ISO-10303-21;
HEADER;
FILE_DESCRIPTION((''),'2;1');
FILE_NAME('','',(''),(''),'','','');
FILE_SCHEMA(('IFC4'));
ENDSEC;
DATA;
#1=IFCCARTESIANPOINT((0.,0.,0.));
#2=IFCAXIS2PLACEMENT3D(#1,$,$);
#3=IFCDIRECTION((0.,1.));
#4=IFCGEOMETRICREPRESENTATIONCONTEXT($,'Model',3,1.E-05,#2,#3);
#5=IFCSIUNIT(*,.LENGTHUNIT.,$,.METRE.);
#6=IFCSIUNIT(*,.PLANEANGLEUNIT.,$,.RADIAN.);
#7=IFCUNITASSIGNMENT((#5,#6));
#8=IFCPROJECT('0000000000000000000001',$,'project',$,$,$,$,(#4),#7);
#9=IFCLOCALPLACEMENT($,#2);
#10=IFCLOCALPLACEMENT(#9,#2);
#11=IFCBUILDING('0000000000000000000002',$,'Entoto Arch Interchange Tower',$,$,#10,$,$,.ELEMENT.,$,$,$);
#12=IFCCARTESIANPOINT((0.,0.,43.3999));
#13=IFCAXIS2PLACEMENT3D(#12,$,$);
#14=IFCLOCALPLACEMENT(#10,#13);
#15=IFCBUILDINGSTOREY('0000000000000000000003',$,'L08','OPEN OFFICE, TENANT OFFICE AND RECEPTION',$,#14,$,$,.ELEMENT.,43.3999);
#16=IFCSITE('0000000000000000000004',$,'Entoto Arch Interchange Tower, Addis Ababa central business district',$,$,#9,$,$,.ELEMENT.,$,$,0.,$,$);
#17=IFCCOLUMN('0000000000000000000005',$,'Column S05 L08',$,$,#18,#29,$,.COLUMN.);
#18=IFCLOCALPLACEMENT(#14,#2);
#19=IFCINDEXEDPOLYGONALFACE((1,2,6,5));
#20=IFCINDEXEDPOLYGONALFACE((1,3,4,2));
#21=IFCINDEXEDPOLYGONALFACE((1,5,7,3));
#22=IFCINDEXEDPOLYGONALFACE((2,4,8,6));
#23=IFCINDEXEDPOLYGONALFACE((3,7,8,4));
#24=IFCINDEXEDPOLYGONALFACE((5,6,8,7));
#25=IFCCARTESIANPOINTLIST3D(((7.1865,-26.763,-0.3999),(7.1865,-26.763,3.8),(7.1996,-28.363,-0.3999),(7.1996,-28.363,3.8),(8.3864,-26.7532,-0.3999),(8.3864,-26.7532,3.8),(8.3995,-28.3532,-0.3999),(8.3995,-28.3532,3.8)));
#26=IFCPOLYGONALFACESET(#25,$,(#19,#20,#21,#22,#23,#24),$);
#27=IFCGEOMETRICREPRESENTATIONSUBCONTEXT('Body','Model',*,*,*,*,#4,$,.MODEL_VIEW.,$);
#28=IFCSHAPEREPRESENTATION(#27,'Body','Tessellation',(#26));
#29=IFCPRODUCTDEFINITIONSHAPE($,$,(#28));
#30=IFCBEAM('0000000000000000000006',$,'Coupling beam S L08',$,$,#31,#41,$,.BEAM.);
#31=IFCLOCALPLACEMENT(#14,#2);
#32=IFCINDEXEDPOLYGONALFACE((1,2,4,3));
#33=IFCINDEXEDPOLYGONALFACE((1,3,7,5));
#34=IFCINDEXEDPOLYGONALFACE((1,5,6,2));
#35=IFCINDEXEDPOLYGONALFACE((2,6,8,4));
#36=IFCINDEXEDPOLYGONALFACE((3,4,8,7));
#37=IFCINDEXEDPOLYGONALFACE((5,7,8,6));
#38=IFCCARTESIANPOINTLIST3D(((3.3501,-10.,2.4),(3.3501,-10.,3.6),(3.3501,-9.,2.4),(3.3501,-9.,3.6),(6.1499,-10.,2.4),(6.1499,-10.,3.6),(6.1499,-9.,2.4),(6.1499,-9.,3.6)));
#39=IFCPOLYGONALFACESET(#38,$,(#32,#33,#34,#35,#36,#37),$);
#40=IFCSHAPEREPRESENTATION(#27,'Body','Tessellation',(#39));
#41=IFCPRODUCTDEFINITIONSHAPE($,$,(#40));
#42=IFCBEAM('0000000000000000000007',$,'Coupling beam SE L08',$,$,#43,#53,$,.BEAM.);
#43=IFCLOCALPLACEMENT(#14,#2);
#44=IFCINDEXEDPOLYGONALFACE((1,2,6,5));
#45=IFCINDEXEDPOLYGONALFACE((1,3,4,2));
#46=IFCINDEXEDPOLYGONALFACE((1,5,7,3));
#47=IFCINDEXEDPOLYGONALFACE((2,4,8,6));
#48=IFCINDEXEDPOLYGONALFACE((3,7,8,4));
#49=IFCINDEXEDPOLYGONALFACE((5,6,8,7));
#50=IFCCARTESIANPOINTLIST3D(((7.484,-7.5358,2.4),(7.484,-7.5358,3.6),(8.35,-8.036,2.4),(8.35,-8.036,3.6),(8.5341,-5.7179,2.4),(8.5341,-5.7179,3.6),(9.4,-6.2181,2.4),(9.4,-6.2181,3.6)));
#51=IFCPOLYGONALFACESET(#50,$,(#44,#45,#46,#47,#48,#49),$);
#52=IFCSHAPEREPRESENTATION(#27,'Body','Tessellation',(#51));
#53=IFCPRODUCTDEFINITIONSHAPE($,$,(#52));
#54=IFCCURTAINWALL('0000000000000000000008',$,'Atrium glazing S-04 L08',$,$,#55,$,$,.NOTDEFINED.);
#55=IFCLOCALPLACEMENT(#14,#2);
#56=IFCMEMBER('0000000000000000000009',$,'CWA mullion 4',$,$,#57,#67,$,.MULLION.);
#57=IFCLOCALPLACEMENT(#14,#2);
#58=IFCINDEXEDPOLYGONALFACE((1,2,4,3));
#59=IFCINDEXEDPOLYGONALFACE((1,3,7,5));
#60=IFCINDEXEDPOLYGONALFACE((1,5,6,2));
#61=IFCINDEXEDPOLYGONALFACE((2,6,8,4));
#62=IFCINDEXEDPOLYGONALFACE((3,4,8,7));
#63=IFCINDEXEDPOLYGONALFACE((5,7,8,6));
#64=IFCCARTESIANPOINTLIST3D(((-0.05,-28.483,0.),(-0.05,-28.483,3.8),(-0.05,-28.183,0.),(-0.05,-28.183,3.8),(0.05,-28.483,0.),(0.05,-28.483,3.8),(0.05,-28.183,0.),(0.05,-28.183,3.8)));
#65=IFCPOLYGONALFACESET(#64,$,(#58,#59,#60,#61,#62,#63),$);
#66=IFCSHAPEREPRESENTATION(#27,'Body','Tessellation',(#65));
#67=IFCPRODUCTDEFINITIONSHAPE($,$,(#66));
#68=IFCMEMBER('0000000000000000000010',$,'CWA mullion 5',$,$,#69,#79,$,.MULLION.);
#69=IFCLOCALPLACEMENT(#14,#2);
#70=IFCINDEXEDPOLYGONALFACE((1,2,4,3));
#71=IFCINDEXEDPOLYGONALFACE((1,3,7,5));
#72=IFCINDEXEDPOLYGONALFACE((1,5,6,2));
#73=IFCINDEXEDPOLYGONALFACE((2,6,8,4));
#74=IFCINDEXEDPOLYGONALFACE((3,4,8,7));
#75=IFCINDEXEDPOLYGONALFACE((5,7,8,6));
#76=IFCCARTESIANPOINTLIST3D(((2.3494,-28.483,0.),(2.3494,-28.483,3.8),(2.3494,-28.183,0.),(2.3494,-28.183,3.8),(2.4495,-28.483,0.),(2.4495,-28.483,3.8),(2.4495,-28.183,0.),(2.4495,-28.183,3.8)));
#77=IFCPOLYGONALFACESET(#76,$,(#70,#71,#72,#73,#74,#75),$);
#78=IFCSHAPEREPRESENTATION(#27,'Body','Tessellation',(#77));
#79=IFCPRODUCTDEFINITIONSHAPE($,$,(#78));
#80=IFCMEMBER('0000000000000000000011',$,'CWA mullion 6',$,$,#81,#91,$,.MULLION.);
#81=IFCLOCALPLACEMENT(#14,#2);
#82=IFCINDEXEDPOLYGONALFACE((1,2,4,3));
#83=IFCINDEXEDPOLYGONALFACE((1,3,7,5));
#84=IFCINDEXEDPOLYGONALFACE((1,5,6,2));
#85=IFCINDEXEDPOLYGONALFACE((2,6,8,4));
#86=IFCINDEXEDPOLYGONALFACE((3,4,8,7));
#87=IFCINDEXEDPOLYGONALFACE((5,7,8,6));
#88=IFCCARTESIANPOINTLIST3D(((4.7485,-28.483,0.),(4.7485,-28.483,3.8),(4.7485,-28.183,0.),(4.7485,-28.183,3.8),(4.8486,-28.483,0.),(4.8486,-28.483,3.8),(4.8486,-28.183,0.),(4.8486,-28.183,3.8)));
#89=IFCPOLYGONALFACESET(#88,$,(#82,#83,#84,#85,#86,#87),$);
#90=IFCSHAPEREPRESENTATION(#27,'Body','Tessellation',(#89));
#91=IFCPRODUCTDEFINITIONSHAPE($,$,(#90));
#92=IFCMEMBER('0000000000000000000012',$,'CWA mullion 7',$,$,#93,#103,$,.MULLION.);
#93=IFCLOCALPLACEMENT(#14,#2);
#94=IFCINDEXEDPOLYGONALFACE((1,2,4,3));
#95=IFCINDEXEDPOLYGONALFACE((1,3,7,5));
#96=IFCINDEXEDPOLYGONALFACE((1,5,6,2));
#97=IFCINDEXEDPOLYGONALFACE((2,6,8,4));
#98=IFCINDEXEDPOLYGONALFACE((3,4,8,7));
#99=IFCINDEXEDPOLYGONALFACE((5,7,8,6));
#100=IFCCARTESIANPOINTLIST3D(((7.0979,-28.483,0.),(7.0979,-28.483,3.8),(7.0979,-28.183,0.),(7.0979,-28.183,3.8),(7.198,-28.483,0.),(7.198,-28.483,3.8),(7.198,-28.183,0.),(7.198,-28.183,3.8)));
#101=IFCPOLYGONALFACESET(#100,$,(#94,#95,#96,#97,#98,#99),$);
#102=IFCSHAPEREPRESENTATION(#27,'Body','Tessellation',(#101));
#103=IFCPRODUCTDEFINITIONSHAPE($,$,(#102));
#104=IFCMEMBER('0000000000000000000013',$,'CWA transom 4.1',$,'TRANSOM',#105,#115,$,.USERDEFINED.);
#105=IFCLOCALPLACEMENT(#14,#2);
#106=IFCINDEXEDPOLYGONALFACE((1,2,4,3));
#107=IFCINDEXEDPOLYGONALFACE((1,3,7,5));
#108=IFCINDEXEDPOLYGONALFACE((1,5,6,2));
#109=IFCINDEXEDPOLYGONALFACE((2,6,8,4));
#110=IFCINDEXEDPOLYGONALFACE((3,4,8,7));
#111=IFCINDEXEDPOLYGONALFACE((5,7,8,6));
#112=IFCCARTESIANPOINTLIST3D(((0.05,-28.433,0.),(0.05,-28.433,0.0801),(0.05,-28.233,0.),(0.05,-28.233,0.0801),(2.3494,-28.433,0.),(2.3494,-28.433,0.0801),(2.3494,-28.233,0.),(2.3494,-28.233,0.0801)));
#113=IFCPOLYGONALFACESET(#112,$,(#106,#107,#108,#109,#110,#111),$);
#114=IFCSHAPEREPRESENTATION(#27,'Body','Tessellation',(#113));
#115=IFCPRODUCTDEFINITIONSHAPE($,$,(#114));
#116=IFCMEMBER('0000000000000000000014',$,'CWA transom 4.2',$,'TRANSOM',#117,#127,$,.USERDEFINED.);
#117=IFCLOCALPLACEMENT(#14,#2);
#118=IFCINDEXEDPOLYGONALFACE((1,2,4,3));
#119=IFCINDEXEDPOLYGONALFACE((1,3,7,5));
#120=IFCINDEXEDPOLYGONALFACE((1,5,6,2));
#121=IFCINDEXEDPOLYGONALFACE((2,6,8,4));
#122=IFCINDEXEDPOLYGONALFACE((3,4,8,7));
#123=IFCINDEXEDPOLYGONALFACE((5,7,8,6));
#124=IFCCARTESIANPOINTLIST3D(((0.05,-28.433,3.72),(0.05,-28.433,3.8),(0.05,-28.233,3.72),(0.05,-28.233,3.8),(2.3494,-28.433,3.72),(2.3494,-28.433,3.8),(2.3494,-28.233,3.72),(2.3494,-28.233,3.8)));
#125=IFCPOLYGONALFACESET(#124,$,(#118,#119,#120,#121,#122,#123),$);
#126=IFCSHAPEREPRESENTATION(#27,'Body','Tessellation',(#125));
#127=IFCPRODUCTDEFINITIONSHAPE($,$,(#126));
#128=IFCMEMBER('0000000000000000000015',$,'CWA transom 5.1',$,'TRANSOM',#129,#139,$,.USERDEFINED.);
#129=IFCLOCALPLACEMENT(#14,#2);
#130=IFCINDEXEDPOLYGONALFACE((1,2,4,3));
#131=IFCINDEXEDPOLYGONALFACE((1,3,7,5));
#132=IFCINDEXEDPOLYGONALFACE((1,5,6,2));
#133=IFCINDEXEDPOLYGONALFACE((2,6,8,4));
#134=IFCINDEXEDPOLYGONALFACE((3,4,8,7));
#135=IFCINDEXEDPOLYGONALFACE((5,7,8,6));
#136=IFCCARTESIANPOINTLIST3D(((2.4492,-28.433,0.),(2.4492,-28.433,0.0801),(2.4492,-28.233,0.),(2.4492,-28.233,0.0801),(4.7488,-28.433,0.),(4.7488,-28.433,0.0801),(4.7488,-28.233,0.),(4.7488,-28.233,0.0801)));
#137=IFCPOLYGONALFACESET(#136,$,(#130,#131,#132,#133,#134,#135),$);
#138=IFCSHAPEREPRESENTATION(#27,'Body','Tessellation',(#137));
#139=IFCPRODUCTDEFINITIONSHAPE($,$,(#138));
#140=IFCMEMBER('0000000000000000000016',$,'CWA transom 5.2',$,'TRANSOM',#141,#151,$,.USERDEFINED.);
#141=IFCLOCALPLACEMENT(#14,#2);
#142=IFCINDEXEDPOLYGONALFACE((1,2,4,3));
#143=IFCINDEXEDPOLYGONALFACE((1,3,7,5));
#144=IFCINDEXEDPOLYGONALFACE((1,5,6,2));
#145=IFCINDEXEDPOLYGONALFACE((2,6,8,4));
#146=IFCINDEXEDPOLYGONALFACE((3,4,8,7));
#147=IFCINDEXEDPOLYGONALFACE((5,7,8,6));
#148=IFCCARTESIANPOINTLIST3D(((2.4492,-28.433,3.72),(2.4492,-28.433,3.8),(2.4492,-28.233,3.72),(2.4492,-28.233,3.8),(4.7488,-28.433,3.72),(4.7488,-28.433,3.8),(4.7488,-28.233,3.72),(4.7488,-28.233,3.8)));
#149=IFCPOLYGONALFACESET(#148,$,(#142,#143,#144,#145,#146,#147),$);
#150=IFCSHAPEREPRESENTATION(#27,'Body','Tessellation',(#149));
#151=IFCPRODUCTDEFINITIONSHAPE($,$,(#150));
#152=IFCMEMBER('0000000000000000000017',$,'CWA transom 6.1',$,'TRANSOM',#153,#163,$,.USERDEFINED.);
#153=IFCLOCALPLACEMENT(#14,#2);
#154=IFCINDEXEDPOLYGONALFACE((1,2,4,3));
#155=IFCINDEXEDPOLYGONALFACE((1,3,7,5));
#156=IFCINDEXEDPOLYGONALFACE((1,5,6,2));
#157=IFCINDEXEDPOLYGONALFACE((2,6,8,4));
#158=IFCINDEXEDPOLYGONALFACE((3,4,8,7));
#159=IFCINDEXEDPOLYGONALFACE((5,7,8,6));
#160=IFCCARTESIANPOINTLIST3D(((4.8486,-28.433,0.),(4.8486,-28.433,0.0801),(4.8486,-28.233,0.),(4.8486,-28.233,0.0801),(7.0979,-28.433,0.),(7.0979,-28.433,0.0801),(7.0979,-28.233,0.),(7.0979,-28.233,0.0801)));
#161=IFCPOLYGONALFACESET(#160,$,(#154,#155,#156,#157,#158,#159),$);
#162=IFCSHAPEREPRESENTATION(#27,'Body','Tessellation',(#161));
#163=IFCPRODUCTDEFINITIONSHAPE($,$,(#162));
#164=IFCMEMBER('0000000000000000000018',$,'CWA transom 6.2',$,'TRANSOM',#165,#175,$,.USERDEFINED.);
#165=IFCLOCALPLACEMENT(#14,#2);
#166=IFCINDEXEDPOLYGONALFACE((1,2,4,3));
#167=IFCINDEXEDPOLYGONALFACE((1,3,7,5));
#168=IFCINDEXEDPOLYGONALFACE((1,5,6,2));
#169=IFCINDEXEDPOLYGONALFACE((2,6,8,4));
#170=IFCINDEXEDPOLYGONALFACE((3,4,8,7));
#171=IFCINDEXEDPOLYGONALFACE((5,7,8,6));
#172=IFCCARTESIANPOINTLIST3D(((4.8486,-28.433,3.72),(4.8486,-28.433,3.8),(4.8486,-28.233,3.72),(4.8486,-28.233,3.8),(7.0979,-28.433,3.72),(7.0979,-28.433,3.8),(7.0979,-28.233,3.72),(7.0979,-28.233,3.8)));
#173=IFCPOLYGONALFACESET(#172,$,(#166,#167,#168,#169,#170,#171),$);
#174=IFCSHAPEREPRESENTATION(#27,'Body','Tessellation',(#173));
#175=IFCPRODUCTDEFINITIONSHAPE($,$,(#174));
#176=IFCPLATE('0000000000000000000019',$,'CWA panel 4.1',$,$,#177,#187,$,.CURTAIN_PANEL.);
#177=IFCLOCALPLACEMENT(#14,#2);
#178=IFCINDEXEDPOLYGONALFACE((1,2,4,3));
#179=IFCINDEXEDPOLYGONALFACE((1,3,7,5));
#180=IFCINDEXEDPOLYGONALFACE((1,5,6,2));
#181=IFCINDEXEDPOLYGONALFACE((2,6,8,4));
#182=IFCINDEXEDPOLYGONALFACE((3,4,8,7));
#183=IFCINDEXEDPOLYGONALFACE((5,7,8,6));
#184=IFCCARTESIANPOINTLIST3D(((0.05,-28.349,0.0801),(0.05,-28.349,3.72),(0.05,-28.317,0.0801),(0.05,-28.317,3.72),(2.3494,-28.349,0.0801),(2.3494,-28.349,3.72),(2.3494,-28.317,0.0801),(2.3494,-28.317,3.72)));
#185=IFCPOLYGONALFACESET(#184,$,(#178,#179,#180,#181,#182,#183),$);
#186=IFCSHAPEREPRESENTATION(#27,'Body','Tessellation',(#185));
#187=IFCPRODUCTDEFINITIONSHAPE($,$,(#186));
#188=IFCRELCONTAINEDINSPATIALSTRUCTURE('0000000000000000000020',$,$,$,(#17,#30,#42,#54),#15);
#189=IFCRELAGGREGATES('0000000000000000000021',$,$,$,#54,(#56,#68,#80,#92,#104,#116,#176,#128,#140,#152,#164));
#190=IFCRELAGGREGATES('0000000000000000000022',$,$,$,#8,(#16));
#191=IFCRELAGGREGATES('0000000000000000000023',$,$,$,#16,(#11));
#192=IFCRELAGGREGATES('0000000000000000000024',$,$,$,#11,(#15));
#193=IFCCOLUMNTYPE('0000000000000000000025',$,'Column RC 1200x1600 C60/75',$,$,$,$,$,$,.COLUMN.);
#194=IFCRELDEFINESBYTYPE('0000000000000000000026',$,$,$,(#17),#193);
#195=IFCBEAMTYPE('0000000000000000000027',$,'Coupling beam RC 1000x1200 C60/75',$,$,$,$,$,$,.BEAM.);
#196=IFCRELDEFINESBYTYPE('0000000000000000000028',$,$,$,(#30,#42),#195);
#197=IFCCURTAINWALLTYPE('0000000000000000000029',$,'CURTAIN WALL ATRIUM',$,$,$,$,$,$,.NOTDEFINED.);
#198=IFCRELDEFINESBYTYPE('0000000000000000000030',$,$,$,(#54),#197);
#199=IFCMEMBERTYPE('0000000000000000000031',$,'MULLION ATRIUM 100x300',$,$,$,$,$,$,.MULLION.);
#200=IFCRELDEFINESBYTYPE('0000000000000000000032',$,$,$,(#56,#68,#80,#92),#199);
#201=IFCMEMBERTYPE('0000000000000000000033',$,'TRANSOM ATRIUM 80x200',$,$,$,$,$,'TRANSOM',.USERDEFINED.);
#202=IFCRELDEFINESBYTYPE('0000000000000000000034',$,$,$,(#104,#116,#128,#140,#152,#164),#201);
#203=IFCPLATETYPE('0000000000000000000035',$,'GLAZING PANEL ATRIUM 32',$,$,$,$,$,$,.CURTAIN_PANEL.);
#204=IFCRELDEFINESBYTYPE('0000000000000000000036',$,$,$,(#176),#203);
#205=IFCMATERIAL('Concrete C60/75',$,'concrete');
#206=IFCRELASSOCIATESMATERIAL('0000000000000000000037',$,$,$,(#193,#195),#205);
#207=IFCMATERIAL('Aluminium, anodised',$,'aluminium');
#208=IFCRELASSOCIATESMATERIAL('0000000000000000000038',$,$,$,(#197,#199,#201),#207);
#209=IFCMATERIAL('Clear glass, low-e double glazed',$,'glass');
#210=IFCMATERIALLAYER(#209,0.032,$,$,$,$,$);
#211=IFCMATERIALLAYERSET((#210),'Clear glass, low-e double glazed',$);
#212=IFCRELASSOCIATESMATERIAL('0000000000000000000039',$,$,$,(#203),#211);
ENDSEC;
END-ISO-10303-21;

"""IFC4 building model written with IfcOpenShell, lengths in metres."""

from ifc_helpers import new_model, si_unit, direction, frame, origin, origin_2d, place, context, subcontext, project, spatial, rectangle, extrude, material, layer, layer_set, material_profile, profile_set, type_object, element, aggregate, save


model = new_model("IFC4")

# Units and contexts
model_context = context("Model", 3, precision=1e-05, world=origin(), true_north=direction((0.0, 1.0)))
body_context = subcontext(model_context, "Body", "Model", "MODEL_VIEW")
ifc_project = project(units=[si_unit("LENGTHUNIT", "METRE"), si_unit("PLANEANGLEUNIT", "RADIAN")], contexts=[model_context])

# Site, building, storey
site_placement = place(None, origin())
site = spatial("IfcSite", under=ifc_project, at=site_placement, Name="Entoto Arch Interchange Tower, Addis Ababa central business district", CompositionType="ELEMENT", RefElevation=0.0)
building_placement = place(site_placement, origin())
building = spatial("IfcBuilding", under=site, at=building_placement, Name="Entoto Arch Interchange Tower", CompositionType="ELEMENT")
storey_placement = place(building_placement, frame((0.0, 0.0, 43.3999)))
storey = spatial("IfcBuildingStorey", under=building, at=storey_placement, Name="L08", Description="OPEN OFFICE, TENANT OFFICE AND RECEPTION", CompositionType="ELEMENT", Elevation=43.3999)

# Column
ifc_material_1 = material(Name="Concrete C60/75", Category="concrete")
ifc_material_profile_1 = material_profile(ifc_material_1, rectangle(XDim=1.2, YDim=1.6001, at=origin_2d()))
ifc_profile_set_1 = profile_set([ifc_material_profile_1], Name="Concrete C60/75")
column_type = type_object("IfcColumnType", Name="Column RC 1200x1600 C60/75", PredefinedType="COLUMN", material=ifc_profile_set_1)
column_placement = place(storey_placement, frame((7.793, -27.5581, -0.3999), z_axis=(0.0, 0.0, 1.0), x_axis=(0.999966, 0.008203, 0.0)))
element("IfcColumn", 1, at=column_placement, inside=storey, type_object=column_type, Name="Column S05 L08", PredefinedType="COLUMN", context=body_context, shape_type="SweptSolid", body=[
    extrude(rectangle(XDim=1.2, YDim=1.6001, at=origin_2d()), origin(), (0.0, 0.0, 1.0), 4.2),
])

# Beams
ifc_material_profile_2 = material_profile(ifc_material_1, rectangle(XDim=1.0, YDim=1.2, at=origin_2d()))
ifc_profile_set_2 = profile_set([ifc_material_profile_2], Name="Concrete C60/75")
beam_type = type_object("IfcBeamType", Name="Coupling beam RC 1000x1200 C60/75", PredefinedType="BEAM", material=ifc_profile_set_2)
beam_1_placement = place(storey_placement, frame((3.3501, -9.5, 3.0), z_axis=(1.0, 0.0, 0.0), x_axis=(0.0, 1.0, 0.0)))
element("IfcBeam", 2, at=beam_1_placement, inside=storey, type_object=beam_type, Name="Coupling beam S L08", PredefinedType="BEAM", context=body_context, shape_type="SweptSolid", body=[
    extrude(rectangle(XDim=1.0, YDim=1.2, at=origin_2d()), origin(), (0.0, 0.0, 1.0), 2.7998),
])
beam_2_placement = place(storey_placement, frame((7.917, -7.7859, 3.0), z_axis=(0.500179, 0.865922, 0.0), x_axis=(-0.865922, 0.500179, 0.0)))
element("IfcBeam", 3, at=beam_2_placement, inside=storey, type_object=beam_type, Name="Coupling beam SE L08", PredefinedType="BEAM", context=body_context, shape_type="SweptSolid", body=[
    extrude(rectangle(XDim=1.0, YDim=1.2, at=origin_2d()), origin(), (0.0, 0.0, 1.0), 2.0994),
])

# Curtain wall, members, plate
ifc_material_2 = material(Name="Aluminium, anodised", Category="aluminium")
curtain_wall_type = type_object("IfcCurtainWallType", Name="CURTAIN WALL ATRIUM", PredefinedType="NOTDEFINED", material=ifc_material_2)
curtain_wall_placement = place(storey_placement, origin())
curtain_wall = element("IfcCurtainWall", 4, at=curtain_wall_placement, inside=storey, type_object=curtain_wall_type, Name="Atrium glazing S-04 L08", PredefinedType="NOTDEFINED")
ifc_material_profile_3 = material_profile(ifc_material_2, rectangle(XDim=0.3, YDim=0.1001, at=origin_2d()))
ifc_profile_set_3 = profile_set([ifc_material_profile_3], Name="Aluminium, anodised")
member_type_1 = type_object("IfcMemberType", Name="MULLION ATRIUM 100x300", PredefinedType="MULLION", material=ifc_profile_set_3)
member_1_placement = place(storey_placement, frame((0.0, -28.333, 0.0), z_axis=(0.0, 0.0, 1.0), x_axis=(0.0, 1.0, 0.0)))
member_1 = element("IfcMember", 5, at=member_1_placement, type_object=member_type_1, Name="CWA mullion 4", PredefinedType="MULLION", context=body_context, shape_type="SweptSolid", body=[
    extrude(rectangle(XDim=0.3, YDim=0.1001, at=origin_2d()), origin(), (0.0, 0.0, 1.0), 3.8),
])
member_2_placement = place(storey_placement, frame((2.3994, -28.333, 0.0), z_axis=(0.0, 0.0, 1.0), x_axis=(0.0, 1.0, 0.0)))
member_2 = element("IfcMember", 6, at=member_2_placement, type_object=member_type_1, Name="CWA mullion 5", PredefinedType="MULLION", context=body_context, shape_type="SweptSolid", body=[
    extrude(rectangle(XDim=0.3, YDim=0.1001, at=origin_2d()), origin(), (0.0, 0.0, 1.0), 3.8),
])
member_3_placement = place(storey_placement, frame((4.7986, -28.333, 0.0), z_axis=(0.0, 0.0, 1.0), x_axis=(0.0, 1.0, 0.0)))
member_3 = element("IfcMember", 7, at=member_3_placement, type_object=member_type_1, Name="CWA mullion 6", PredefinedType="MULLION", context=body_context, shape_type="SweptSolid", body=[
    extrude(rectangle(XDim=0.3, YDim=0.1001, at=origin_2d()), origin(), (0.0, 0.0, 1.0), 3.8),
])
member_4_placement = place(storey_placement, frame((7.1479, -28.333, 0.0), z_axis=(0.0, 0.0, 1.0), x_axis=(0.0, 1.0, 0.0)))
member_4 = element("IfcMember", 8, at=member_4_placement, type_object=member_type_1, Name="CWA mullion 7", PredefinedType="MULLION", context=body_context, shape_type="SweptSolid", body=[
    extrude(rectangle(XDim=0.3, YDim=0.1001, at=origin_2d()), origin(), (0.0, 0.0, 1.0), 3.8),
])
ifc_material_profile_4 = material_profile(ifc_material_2, rectangle(XDim=0.2, YDim=0.0801, at=origin_2d()))
ifc_profile_set_4 = profile_set([ifc_material_profile_4], Name="Aluminium, anodised")
member_type_2 = type_object("IfcMemberType", Name="TRANSOM ATRIUM 80x200", ElementType="TRANSOM", PredefinedType="USERDEFINED", material=ifc_profile_set_4)
member_5_placement = place(storey_placement, frame((0.05, -28.333, 0.04), z_axis=(1.0, 0.0, 0.0), x_axis=(0.0, 1.0, 0.0)))
member_5 = element("IfcMember", 9, at=member_5_placement, type_object=member_type_2, Name="CWA transom 4.1", ObjectType="TRANSOM", PredefinedType="USERDEFINED", context=body_context, shape_type="SweptSolid", body=[
    extrude(rectangle(XDim=0.2, YDim=0.0801, at=origin_2d()), origin(), (0.0, 0.0, 1.0), 2.2993),
])
member_6_placement = place(storey_placement, frame((0.05, -28.333, 3.76), z_axis=(1.0, 0.0, 0.0), x_axis=(0.0, 1.0, 0.0)))
member_6 = element("IfcMember", 10, at=member_6_placement, type_object=member_type_2, Name="CWA transom 4.2", ObjectType="TRANSOM", PredefinedType="USERDEFINED", context=body_context, shape_type="SweptSolid", body=[
    extrude(rectangle(XDim=0.2, YDim=0.0801, at=origin_2d()), origin(), (0.0, 0.0, 1.0), 2.2993),
])
member_7_placement = place(storey_placement, frame((2.4492, -28.333, 0.04), z_axis=(1.0, 0.0, 0.0), x_axis=(0.0, 1.0, 0.0)))
member_7 = element("IfcMember", 11, at=member_7_placement, type_object=member_type_2, Name="CWA transom 5.1", ObjectType="TRANSOM", PredefinedType="USERDEFINED", context=body_context, shape_type="SweptSolid", body=[
    extrude(rectangle(XDim=0.2, YDim=0.0801, at=origin_2d()), origin(), (0.0, 0.0, 1.0), 2.2996),
])
member_8_placement = place(storey_placement, frame((2.4492, -28.333, 3.76), z_axis=(1.0, 0.0, 0.0), x_axis=(0.0, 1.0, 0.0)))
member_8 = element("IfcMember", 12, at=member_8_placement, type_object=member_type_2, Name="CWA transom 5.2", ObjectType="TRANSOM", PredefinedType="USERDEFINED", context=body_context, shape_type="SweptSolid", body=[
    extrude(rectangle(XDim=0.2, YDim=0.0801, at=origin_2d()), origin(), (0.0, 0.0, 1.0), 2.2996),
])
member_9_placement = place(storey_placement, frame((4.8486, -28.333, 0.04), z_axis=(1.0, 0.0, 0.0), x_axis=(0.0, 1.0, 0.0)))
member_9 = element("IfcMember", 13, at=member_9_placement, type_object=member_type_2, Name="CWA transom 6.1", ObjectType="TRANSOM", PredefinedType="USERDEFINED", context=body_context, shape_type="SweptSolid", body=[
    extrude(rectangle(XDim=0.2, YDim=0.0801, at=origin_2d()), origin(), (0.0, 0.0, 1.0), 2.2493),
])
member_10_placement = place(storey_placement, frame((4.8486, -28.333, 3.76), z_axis=(1.0, 0.0, 0.0), x_axis=(0.0, 1.0, 0.0)))
member_10 = element("IfcMember", 14, at=member_10_placement, type_object=member_type_2, Name="CWA transom 6.2", ObjectType="TRANSOM", PredefinedType="USERDEFINED", context=body_context, shape_type="SweptSolid", body=[
    extrude(rectangle(XDim=0.2, YDim=0.0801, at=origin_2d()), origin(), (0.0, 0.0, 1.0), 2.2493),
])
ifc_material_3 = material(Name="Clear glass, low-e double glazed", Category="glass")
ifc_layer_1 = layer(ifc_material_3, 0.032)
ifc_layer_set_1 = layer_set([ifc_layer_1], Name="Clear glass, low-e double glazed")
plate_type = type_object("IfcPlateType", Name="GLAZING PANEL ATRIUM 32", PredefinedType="CURTAIN_PANEL", material=ifc_layer_set_1)
plate_1_placement = place(storey_placement, frame((1.1997, -28.333, 0.0801), z_axis=(0.0, 0.0, 1.0), x_axis=(1.0, 0.0, 0.0)))
plate_1 = element("IfcPlate", 15, at=plate_1_placement, type_object=plate_type, Name="CWA panel 4.1", PredefinedType="CURTAIN_PANEL", context=body_context, shape_type="SweptSolid", body=[
    extrude(rectangle(XDim=2.2993, YDim=0.032, at=origin_2d()), origin(), (0.0, 0.0, 1.0), 3.6399),
])
aggregate(curtain_wall, [member_1, member_2, member_3, member_4, member_5, member_6, plate_1, member_7, member_8, member_9, member_10])

save(model, "model.ifc")
